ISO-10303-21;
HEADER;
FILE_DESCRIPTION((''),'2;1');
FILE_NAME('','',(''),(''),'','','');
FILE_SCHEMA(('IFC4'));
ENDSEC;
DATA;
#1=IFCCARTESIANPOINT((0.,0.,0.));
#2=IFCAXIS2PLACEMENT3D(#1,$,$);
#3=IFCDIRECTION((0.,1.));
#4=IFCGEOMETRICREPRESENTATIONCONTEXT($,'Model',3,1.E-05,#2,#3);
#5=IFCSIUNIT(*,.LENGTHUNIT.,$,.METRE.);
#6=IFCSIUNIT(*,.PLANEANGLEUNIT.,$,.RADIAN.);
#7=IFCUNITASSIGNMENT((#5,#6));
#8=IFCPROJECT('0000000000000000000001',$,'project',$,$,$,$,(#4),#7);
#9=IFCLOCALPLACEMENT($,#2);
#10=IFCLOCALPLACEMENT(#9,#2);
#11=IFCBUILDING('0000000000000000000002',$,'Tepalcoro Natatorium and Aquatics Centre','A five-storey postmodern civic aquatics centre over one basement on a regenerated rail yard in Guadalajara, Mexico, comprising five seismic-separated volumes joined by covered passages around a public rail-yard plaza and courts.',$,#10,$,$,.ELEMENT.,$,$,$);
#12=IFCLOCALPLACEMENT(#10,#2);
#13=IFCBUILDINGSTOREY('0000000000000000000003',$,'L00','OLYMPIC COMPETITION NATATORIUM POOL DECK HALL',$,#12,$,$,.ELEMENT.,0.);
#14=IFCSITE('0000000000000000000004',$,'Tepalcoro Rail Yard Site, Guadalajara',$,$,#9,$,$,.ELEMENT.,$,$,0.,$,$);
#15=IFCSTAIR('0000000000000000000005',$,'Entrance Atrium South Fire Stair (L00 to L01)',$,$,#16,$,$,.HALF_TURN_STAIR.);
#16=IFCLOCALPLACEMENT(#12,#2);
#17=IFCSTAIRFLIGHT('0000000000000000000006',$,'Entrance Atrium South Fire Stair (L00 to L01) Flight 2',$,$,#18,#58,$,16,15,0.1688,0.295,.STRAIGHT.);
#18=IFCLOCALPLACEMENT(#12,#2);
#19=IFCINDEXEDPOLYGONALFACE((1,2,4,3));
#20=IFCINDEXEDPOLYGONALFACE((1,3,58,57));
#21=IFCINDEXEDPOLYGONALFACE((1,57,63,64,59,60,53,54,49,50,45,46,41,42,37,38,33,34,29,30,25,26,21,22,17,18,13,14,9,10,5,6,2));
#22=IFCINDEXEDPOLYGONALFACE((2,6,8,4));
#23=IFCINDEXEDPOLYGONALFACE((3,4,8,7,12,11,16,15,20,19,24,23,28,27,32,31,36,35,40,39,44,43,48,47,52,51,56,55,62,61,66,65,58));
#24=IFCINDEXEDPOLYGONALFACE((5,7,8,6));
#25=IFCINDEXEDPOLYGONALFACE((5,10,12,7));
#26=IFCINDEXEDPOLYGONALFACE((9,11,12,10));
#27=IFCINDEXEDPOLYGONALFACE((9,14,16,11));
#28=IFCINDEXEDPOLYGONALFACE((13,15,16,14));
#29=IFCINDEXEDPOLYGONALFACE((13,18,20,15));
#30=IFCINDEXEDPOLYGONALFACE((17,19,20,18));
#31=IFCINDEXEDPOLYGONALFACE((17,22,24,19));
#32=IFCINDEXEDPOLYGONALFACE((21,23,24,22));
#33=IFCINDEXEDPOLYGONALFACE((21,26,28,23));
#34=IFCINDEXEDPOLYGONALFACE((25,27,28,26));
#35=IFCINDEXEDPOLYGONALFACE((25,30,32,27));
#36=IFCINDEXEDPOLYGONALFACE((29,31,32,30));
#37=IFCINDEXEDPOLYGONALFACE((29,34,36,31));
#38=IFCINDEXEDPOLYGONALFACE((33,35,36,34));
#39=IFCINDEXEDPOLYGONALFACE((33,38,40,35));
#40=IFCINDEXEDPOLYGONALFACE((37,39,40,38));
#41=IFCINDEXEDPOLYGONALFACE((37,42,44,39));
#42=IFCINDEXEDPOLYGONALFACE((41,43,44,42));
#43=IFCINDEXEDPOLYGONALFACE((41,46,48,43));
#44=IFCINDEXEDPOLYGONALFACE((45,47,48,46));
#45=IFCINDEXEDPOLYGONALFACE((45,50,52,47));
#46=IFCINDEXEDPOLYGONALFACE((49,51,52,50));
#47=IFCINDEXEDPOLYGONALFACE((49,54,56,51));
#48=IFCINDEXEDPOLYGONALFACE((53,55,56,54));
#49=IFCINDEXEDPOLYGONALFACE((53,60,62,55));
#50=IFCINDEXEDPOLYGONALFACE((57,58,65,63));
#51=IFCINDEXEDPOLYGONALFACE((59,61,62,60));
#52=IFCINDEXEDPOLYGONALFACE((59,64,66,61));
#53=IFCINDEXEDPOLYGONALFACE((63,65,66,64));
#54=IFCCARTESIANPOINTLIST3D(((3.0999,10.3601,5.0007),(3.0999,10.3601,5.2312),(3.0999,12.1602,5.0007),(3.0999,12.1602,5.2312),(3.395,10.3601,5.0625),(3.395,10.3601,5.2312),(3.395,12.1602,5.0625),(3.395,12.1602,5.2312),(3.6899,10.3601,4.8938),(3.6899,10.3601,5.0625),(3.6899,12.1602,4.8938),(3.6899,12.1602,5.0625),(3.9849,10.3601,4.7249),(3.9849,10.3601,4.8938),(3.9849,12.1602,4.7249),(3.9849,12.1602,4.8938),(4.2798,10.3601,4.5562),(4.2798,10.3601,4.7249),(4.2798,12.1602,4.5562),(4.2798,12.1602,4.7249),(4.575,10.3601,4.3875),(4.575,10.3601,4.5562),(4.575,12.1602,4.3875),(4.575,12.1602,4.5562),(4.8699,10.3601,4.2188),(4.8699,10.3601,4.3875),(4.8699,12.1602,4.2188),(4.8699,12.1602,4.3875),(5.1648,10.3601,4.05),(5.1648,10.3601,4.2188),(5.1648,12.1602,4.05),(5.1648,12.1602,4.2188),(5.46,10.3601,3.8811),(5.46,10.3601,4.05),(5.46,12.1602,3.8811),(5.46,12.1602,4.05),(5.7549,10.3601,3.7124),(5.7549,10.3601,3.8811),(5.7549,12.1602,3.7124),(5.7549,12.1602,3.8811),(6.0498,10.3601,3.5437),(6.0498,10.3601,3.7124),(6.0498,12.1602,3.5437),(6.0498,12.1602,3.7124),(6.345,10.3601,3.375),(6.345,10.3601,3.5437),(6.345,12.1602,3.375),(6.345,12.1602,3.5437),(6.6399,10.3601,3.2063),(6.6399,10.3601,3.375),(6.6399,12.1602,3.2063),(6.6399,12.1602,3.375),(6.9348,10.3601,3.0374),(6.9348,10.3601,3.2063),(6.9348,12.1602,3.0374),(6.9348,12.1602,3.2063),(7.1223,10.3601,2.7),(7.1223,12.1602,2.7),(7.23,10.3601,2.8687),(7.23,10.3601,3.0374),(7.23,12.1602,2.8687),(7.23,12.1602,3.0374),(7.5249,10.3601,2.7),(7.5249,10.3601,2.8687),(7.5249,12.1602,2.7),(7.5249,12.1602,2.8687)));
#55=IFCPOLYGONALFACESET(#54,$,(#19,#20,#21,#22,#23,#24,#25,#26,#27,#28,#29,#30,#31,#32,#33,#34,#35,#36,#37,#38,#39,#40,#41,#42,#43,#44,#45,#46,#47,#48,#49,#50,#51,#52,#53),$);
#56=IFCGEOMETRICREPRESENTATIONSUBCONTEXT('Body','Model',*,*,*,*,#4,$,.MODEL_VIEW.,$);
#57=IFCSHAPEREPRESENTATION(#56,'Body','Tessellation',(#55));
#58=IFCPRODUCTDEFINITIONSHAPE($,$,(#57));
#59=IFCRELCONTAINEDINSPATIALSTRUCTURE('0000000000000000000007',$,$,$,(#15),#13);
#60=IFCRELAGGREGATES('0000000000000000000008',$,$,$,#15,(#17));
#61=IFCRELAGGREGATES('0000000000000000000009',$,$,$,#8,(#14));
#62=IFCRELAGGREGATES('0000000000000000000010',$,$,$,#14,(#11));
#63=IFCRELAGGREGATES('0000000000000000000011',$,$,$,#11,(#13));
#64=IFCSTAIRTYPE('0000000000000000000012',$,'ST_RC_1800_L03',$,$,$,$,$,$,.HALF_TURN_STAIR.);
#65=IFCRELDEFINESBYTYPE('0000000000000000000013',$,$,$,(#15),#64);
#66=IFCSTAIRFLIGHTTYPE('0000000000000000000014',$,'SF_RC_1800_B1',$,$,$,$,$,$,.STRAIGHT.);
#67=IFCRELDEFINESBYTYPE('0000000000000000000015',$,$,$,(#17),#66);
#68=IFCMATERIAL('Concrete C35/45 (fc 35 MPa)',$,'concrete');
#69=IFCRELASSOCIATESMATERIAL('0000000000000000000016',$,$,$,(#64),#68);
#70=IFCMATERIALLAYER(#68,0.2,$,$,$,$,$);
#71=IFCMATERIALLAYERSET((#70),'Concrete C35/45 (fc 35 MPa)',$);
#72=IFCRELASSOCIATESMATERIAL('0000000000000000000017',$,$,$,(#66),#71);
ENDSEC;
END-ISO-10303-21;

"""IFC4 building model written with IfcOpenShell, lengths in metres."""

from ifc_helpers import new_model, si_unit, direction, frame, origin, place, context, subcontext, project, spatial, polyline, outline, extrude, material, layer, layer_set, type_object, element, aggregate, save


model = new_model("IFC4")

# Units and contexts
model_context = context("Model", 3, precision=1e-05, world=origin(), true_north=direction((0.0, 1.0)))
body_context = subcontext(model_context, "Body", "Model", "MODEL_VIEW")
ifc_project = project(units=[si_unit("LENGTHUNIT", "METRE"), si_unit("PLANEANGLEUNIT", "RADIAN")], contexts=[model_context])

# Site, building, storey
site_placement = place(None, origin())
site = spatial("IfcSite", under=ifc_project, at=site_placement, Name="Tepalcoro Rail Yard Site, Guadalajara", CompositionType="ELEMENT", RefElevation=0.0)
building_placement = place(site_placement, origin())
building = spatial("IfcBuilding", under=site, at=building_placement, Name="Tepalcoro Natatorium and Aquatics Centre", Description="A five-storey postmodern civic aquatics centre over one basement on a regenerated rail yard in Guadalajara, Mexico, comprising five seismic-separated volumes joined by covered passages around a public rail-yard plaza and courts.", CompositionType="ELEMENT")
storey_placement = place(building_placement, origin())
storey = spatial("IfcBuildingStorey", under=building, at=storey_placement, Name="L00", Description="OLYMPIC COMPETITION NATATORIUM POOL DECK HALL", CompositionType="ELEMENT", Elevation=0.0)

# Stair, stair flight
ifc_material_1 = material(Name="Concrete C35/45 (fc 35 MPa)", Category="concrete")
stair_type = type_object("IfcStairType", Name="ST_RC_1800_L03", PredefinedType="HALF_TURN_STAIR", material=ifc_material_1)
stair_placement = place(storey_placement, origin())
stair = element("IfcStair", 1, at=stair_placement, inside=storey, type_object=stair_type, Name="Entrance Atrium South Fire Stair (L00 to L01)", PredefinedType="HALF_TURN_STAIR")
ifc_layer_1 = layer(ifc_material_1, 0.2)
ifc_layer_set_1 = layer_set([ifc_layer_1], Name="Concrete C35/45 (fc 35 MPa)")
stair_flight_type = type_object("IfcStairFlightType", Name="SF_RC_1800_B1", PredefinedType="STRAIGHT", material=ifc_layer_set_1)
stair_flight_placement = place(storey_placement, frame((7.5249, 11.26, 2.7), z_axis=(0.0, 0.0, 1.0), x_axis=(-1.0, 0.0, 0.0)))
stair_flight = element("IfcStairFlight", 2, at=stair_flight_placement, type_object=stair_flight_type, Name="Entrance Atrium South Fire Stair (L00 to L01) Flight 2", NumberOfRisers=16, NumberOfTreads=15, PredefinedType="STRAIGHT", RiserHeight=0.1688, TreadLength=0.295, context=body_context, shape_type="SweptSolid", body=[
    extrude(outline(polyline([(0.0, 0.0), (0.0, 0.1687), (0.2949, 0.1687), (0.2949, 0.3374), (0.5901, 0.3374), (0.5901, 0.5063), (0.885, 0.5063), (0.885, 0.675), (1.1799, 0.675), (1.1799, 0.8438), (1.4751, 0.8438), (1.4751, 1.0125), (1.77, 1.0125), (1.77, 1.1812), (2.0649, 1.1812), (2.0649, 1.3501), (2.3601, 1.3501), (2.3601, 1.5188), (2.655, 1.5188), (2.655, 1.6875), (2.95, 1.6875), (2.95, 1.8562), (3.2451, 1.8562), (3.2451, 2.0249), (3.54, 2.0249), (3.54, 2.1938), (3.835, 2.1938), (3.835, 2.3625), (4.1299, 2.3625), (4.1299, 2.5312), (4.425, 2.5312), (4.425, 2.7), (4.425, 2.3008), (0.4026, 0.0), (0.0, 0.0)])), frame((0.0, 0.8999, 0.0), z_axis=(0.0, -1.0, 0.0), x_axis=(1.0, 0.0, 0.0)), (0.0, 0.0, 1.0), 1.8),
])
aggregate(stair, [stair_flight])

save(model, "model.ifc")
